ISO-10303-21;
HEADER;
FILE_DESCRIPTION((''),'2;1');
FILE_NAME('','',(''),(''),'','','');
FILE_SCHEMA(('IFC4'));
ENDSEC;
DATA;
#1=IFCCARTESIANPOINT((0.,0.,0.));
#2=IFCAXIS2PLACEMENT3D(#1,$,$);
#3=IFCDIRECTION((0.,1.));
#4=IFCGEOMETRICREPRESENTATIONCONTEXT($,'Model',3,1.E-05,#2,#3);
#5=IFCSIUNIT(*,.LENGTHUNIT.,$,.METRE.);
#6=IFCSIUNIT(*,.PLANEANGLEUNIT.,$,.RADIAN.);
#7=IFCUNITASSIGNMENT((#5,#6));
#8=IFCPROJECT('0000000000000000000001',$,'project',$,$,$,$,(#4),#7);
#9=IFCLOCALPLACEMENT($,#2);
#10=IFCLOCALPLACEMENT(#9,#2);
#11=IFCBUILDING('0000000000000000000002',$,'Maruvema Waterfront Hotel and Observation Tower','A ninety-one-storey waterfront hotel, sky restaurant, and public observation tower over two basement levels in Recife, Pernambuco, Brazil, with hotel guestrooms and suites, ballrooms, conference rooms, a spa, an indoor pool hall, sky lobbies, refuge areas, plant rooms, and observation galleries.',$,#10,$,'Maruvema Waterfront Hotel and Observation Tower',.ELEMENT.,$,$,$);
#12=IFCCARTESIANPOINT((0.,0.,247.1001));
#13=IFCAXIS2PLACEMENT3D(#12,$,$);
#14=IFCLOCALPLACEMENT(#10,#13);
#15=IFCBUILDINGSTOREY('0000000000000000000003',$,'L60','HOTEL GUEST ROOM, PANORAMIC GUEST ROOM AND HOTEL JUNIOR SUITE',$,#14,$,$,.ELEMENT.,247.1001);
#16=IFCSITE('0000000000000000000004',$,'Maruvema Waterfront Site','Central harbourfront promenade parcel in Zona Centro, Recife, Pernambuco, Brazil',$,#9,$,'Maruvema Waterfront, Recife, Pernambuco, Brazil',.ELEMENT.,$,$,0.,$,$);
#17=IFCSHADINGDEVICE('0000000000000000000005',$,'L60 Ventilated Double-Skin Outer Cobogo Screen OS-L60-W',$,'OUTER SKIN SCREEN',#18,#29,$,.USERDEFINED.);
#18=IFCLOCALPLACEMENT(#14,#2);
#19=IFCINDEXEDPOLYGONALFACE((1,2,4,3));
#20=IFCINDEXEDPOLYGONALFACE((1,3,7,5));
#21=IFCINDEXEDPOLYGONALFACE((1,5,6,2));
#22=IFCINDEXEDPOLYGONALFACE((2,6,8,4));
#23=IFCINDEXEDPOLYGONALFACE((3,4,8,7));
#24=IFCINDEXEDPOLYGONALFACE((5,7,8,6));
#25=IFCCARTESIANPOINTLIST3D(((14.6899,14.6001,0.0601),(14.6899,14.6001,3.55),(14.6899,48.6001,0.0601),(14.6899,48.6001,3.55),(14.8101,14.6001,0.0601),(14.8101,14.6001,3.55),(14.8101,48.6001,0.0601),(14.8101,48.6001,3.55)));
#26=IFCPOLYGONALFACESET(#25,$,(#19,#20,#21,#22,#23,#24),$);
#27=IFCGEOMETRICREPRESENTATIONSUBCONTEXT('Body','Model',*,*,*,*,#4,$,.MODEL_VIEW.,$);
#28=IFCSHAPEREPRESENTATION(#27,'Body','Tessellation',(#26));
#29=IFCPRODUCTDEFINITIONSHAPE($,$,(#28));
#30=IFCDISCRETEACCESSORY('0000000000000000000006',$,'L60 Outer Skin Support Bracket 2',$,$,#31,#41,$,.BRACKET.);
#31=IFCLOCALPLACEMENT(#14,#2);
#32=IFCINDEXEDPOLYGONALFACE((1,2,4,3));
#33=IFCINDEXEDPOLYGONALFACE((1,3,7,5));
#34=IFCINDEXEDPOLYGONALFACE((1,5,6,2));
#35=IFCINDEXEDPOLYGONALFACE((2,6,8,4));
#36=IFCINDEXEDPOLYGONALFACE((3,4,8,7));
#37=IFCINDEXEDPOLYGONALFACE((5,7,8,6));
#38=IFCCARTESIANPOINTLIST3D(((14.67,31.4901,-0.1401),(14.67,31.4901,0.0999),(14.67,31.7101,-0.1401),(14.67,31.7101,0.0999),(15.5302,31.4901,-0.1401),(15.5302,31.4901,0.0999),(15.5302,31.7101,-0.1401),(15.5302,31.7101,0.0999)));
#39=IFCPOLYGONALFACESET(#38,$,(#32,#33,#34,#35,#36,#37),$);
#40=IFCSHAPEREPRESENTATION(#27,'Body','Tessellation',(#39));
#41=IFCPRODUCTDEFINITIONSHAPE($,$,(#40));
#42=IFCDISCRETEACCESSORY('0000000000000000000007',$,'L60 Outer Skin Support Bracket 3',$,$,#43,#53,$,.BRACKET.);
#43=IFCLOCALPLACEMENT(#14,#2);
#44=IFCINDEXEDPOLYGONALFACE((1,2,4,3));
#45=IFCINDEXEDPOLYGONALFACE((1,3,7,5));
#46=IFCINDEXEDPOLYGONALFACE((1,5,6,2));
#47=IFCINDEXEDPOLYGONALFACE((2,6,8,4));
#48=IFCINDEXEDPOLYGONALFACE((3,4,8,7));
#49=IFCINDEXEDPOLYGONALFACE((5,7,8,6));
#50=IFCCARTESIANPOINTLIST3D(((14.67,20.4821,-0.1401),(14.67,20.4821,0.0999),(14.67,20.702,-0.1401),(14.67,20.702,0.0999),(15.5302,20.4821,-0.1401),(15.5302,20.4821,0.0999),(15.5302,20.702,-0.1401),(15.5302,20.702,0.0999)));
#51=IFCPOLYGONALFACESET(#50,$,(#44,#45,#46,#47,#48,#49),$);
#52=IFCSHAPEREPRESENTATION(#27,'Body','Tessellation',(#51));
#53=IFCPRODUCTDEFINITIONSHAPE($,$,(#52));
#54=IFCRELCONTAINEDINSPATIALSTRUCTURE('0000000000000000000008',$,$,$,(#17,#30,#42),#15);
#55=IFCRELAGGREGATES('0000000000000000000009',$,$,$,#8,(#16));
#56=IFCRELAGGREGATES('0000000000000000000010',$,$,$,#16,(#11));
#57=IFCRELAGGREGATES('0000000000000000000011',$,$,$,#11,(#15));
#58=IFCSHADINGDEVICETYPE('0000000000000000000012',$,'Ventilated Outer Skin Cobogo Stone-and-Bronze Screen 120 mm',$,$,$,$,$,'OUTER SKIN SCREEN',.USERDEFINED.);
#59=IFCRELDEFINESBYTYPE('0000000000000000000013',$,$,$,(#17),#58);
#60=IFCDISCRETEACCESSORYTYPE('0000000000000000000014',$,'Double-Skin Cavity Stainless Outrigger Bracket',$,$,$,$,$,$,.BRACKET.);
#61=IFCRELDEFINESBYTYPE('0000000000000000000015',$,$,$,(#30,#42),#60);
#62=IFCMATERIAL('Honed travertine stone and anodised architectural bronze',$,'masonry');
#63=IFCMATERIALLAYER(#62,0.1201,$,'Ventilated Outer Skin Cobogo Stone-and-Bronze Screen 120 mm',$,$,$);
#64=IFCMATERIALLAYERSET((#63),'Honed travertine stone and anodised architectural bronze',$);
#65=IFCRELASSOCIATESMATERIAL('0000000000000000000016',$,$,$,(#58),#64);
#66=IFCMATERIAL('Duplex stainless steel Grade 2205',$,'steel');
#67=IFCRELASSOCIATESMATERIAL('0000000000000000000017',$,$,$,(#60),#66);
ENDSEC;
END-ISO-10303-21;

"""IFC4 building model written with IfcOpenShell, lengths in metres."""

from ifc_helpers import new_model, si_unit, direction, frame, origin, origin_2d, place, context, subcontext, project, spatial, rectangle, extrude, material, layer, layer_set, type_object, element, save


model = new_model("IFC4")

# Units and contexts
model_context = context("Model", 3, precision=1e-05, world=origin(), true_north=direction((0.0, 1.0)))
body_context = subcontext(model_context, "Body", "Model", "MODEL_VIEW")
ifc_project = project(units=[si_unit("LENGTHUNIT", "METRE"), si_unit("PLANEANGLEUNIT", "RADIAN")], contexts=[model_context])

# Site, building, storey
site_placement = place(None, origin())
site = spatial("IfcSite", under=ifc_project, at=site_placement, Name="Maruvema Waterfront Site", Description="Central harbourfront promenade parcel in Zona Centro, Recife, Pernambuco, Brazil", LongName="Maruvema Waterfront, Recife, Pernambuco, Brazil", CompositionType="ELEMENT", RefElevation=0.0)
building_placement = place(site_placement, origin())
building = spatial("IfcBuilding", under=site, at=building_placement, Name="Maruvema Waterfront Hotel and Observation Tower", Description="A ninety-one-storey waterfront hotel, sky restaurant, and public observation tower over two basement levels in Recife, Pernambuco, Brazil, with hotel guestrooms and suites, ballrooms, conference rooms, a spa, an indoor pool hall, sky lobbies, refuge areas, plant rooms, and observation galleries.", LongName="Maruvema Waterfront Hotel and Observation Tower", CompositionType="ELEMENT")
storey_placement = place(building_placement, frame((0.0, 0.0, 247.1001)))
storey = spatial("IfcBuildingStorey", under=building, at=storey_placement, Name="L60", Description="HOTEL GUEST ROOM, PANORAMIC GUEST ROOM AND HOTEL JUNIOR SUITE", CompositionType="ELEMENT", Elevation=247.1001)

# Shading device
ifc_material_1 = material(Name="Honed travertine stone and anodised architectural bronze", Category="masonry")
ifc_layer_1 = layer(ifc_material_1, 0.1201, Name="Ventilated Outer Skin Cobogo Stone-and-Bronze Screen 120 mm")
ifc_layer_set_1 = layer_set([ifc_layer_1], Name="Honed travertine stone and anodised architectural bronze")
shading_device_type = type_object("IfcShadingDeviceType", Name="Ventilated Outer Skin Cobogo Stone-and-Bronze Screen 120 mm", ElementType="OUTER SKIN SCREEN", PredefinedType="USERDEFINED", material=ifc_layer_set_1)
shading_device_placement = place(storey_placement, frame((14.75, 31.6001, 0.0601), z_axis=(0.0, 0.0, 1.0), x_axis=(0.0, -1.0, 0.0)))
element("IfcShadingDevice", 1, at=shading_device_placement, inside=storey, type_object=shading_device_type, Name="L60 Ventilated Double-Skin Outer Cobogo Screen OS-L60-W", ObjectType="OUTER SKIN SCREEN", PredefinedType="USERDEFINED", context=body_context, shape_type="SweptSolid", body=[
    extrude(rectangle(XDim=34.0, YDim=0.1201, at=origin_2d()), origin(), (0.0, 0.0, 1.0), 3.49),
])

# Discrete accessories
ifc_material_2 = material(Name="Duplex stainless steel Grade 2205", Category="steel")
discrete_accessory_type = type_object("IfcDiscreteAccessoryType", Name="Double-Skin Cavity Stainless Outrigger Bracket", PredefinedType="BRACKET", material=ifc_material_2)
for number, where, z_axis, x_axis, name in (
    (2, (15.1001, 31.6001, -0.1401), (0.0, 0.0, 1.0), (0.0, -1.0, 0.0), "L60 Outer Skin Support Bracket 2"),
    (3, (15.1001, 20.592, -0.1401), (0.0, 0.0, 1.0), (0.0, -1.0, 0.0), "L60 Outer Skin Support Bracket 3"),
):
    element("IfcDiscreteAccessory", number, at=place(storey_placement, frame(where, z_axis=z_axis, x_axis=x_axis)), inside=storey, type_object=discrete_accessory_type, Name=name, PredefinedType="BRACKET", context=body_context, shape_type="SweptSolid", body=[
        extrude(rectangle(XDim=0.22, YDim=0.8601, at=origin_2d()), origin(), (0.0, 0.0, 1.0), 0.24),
    ])

save(model, "model.ifc")
